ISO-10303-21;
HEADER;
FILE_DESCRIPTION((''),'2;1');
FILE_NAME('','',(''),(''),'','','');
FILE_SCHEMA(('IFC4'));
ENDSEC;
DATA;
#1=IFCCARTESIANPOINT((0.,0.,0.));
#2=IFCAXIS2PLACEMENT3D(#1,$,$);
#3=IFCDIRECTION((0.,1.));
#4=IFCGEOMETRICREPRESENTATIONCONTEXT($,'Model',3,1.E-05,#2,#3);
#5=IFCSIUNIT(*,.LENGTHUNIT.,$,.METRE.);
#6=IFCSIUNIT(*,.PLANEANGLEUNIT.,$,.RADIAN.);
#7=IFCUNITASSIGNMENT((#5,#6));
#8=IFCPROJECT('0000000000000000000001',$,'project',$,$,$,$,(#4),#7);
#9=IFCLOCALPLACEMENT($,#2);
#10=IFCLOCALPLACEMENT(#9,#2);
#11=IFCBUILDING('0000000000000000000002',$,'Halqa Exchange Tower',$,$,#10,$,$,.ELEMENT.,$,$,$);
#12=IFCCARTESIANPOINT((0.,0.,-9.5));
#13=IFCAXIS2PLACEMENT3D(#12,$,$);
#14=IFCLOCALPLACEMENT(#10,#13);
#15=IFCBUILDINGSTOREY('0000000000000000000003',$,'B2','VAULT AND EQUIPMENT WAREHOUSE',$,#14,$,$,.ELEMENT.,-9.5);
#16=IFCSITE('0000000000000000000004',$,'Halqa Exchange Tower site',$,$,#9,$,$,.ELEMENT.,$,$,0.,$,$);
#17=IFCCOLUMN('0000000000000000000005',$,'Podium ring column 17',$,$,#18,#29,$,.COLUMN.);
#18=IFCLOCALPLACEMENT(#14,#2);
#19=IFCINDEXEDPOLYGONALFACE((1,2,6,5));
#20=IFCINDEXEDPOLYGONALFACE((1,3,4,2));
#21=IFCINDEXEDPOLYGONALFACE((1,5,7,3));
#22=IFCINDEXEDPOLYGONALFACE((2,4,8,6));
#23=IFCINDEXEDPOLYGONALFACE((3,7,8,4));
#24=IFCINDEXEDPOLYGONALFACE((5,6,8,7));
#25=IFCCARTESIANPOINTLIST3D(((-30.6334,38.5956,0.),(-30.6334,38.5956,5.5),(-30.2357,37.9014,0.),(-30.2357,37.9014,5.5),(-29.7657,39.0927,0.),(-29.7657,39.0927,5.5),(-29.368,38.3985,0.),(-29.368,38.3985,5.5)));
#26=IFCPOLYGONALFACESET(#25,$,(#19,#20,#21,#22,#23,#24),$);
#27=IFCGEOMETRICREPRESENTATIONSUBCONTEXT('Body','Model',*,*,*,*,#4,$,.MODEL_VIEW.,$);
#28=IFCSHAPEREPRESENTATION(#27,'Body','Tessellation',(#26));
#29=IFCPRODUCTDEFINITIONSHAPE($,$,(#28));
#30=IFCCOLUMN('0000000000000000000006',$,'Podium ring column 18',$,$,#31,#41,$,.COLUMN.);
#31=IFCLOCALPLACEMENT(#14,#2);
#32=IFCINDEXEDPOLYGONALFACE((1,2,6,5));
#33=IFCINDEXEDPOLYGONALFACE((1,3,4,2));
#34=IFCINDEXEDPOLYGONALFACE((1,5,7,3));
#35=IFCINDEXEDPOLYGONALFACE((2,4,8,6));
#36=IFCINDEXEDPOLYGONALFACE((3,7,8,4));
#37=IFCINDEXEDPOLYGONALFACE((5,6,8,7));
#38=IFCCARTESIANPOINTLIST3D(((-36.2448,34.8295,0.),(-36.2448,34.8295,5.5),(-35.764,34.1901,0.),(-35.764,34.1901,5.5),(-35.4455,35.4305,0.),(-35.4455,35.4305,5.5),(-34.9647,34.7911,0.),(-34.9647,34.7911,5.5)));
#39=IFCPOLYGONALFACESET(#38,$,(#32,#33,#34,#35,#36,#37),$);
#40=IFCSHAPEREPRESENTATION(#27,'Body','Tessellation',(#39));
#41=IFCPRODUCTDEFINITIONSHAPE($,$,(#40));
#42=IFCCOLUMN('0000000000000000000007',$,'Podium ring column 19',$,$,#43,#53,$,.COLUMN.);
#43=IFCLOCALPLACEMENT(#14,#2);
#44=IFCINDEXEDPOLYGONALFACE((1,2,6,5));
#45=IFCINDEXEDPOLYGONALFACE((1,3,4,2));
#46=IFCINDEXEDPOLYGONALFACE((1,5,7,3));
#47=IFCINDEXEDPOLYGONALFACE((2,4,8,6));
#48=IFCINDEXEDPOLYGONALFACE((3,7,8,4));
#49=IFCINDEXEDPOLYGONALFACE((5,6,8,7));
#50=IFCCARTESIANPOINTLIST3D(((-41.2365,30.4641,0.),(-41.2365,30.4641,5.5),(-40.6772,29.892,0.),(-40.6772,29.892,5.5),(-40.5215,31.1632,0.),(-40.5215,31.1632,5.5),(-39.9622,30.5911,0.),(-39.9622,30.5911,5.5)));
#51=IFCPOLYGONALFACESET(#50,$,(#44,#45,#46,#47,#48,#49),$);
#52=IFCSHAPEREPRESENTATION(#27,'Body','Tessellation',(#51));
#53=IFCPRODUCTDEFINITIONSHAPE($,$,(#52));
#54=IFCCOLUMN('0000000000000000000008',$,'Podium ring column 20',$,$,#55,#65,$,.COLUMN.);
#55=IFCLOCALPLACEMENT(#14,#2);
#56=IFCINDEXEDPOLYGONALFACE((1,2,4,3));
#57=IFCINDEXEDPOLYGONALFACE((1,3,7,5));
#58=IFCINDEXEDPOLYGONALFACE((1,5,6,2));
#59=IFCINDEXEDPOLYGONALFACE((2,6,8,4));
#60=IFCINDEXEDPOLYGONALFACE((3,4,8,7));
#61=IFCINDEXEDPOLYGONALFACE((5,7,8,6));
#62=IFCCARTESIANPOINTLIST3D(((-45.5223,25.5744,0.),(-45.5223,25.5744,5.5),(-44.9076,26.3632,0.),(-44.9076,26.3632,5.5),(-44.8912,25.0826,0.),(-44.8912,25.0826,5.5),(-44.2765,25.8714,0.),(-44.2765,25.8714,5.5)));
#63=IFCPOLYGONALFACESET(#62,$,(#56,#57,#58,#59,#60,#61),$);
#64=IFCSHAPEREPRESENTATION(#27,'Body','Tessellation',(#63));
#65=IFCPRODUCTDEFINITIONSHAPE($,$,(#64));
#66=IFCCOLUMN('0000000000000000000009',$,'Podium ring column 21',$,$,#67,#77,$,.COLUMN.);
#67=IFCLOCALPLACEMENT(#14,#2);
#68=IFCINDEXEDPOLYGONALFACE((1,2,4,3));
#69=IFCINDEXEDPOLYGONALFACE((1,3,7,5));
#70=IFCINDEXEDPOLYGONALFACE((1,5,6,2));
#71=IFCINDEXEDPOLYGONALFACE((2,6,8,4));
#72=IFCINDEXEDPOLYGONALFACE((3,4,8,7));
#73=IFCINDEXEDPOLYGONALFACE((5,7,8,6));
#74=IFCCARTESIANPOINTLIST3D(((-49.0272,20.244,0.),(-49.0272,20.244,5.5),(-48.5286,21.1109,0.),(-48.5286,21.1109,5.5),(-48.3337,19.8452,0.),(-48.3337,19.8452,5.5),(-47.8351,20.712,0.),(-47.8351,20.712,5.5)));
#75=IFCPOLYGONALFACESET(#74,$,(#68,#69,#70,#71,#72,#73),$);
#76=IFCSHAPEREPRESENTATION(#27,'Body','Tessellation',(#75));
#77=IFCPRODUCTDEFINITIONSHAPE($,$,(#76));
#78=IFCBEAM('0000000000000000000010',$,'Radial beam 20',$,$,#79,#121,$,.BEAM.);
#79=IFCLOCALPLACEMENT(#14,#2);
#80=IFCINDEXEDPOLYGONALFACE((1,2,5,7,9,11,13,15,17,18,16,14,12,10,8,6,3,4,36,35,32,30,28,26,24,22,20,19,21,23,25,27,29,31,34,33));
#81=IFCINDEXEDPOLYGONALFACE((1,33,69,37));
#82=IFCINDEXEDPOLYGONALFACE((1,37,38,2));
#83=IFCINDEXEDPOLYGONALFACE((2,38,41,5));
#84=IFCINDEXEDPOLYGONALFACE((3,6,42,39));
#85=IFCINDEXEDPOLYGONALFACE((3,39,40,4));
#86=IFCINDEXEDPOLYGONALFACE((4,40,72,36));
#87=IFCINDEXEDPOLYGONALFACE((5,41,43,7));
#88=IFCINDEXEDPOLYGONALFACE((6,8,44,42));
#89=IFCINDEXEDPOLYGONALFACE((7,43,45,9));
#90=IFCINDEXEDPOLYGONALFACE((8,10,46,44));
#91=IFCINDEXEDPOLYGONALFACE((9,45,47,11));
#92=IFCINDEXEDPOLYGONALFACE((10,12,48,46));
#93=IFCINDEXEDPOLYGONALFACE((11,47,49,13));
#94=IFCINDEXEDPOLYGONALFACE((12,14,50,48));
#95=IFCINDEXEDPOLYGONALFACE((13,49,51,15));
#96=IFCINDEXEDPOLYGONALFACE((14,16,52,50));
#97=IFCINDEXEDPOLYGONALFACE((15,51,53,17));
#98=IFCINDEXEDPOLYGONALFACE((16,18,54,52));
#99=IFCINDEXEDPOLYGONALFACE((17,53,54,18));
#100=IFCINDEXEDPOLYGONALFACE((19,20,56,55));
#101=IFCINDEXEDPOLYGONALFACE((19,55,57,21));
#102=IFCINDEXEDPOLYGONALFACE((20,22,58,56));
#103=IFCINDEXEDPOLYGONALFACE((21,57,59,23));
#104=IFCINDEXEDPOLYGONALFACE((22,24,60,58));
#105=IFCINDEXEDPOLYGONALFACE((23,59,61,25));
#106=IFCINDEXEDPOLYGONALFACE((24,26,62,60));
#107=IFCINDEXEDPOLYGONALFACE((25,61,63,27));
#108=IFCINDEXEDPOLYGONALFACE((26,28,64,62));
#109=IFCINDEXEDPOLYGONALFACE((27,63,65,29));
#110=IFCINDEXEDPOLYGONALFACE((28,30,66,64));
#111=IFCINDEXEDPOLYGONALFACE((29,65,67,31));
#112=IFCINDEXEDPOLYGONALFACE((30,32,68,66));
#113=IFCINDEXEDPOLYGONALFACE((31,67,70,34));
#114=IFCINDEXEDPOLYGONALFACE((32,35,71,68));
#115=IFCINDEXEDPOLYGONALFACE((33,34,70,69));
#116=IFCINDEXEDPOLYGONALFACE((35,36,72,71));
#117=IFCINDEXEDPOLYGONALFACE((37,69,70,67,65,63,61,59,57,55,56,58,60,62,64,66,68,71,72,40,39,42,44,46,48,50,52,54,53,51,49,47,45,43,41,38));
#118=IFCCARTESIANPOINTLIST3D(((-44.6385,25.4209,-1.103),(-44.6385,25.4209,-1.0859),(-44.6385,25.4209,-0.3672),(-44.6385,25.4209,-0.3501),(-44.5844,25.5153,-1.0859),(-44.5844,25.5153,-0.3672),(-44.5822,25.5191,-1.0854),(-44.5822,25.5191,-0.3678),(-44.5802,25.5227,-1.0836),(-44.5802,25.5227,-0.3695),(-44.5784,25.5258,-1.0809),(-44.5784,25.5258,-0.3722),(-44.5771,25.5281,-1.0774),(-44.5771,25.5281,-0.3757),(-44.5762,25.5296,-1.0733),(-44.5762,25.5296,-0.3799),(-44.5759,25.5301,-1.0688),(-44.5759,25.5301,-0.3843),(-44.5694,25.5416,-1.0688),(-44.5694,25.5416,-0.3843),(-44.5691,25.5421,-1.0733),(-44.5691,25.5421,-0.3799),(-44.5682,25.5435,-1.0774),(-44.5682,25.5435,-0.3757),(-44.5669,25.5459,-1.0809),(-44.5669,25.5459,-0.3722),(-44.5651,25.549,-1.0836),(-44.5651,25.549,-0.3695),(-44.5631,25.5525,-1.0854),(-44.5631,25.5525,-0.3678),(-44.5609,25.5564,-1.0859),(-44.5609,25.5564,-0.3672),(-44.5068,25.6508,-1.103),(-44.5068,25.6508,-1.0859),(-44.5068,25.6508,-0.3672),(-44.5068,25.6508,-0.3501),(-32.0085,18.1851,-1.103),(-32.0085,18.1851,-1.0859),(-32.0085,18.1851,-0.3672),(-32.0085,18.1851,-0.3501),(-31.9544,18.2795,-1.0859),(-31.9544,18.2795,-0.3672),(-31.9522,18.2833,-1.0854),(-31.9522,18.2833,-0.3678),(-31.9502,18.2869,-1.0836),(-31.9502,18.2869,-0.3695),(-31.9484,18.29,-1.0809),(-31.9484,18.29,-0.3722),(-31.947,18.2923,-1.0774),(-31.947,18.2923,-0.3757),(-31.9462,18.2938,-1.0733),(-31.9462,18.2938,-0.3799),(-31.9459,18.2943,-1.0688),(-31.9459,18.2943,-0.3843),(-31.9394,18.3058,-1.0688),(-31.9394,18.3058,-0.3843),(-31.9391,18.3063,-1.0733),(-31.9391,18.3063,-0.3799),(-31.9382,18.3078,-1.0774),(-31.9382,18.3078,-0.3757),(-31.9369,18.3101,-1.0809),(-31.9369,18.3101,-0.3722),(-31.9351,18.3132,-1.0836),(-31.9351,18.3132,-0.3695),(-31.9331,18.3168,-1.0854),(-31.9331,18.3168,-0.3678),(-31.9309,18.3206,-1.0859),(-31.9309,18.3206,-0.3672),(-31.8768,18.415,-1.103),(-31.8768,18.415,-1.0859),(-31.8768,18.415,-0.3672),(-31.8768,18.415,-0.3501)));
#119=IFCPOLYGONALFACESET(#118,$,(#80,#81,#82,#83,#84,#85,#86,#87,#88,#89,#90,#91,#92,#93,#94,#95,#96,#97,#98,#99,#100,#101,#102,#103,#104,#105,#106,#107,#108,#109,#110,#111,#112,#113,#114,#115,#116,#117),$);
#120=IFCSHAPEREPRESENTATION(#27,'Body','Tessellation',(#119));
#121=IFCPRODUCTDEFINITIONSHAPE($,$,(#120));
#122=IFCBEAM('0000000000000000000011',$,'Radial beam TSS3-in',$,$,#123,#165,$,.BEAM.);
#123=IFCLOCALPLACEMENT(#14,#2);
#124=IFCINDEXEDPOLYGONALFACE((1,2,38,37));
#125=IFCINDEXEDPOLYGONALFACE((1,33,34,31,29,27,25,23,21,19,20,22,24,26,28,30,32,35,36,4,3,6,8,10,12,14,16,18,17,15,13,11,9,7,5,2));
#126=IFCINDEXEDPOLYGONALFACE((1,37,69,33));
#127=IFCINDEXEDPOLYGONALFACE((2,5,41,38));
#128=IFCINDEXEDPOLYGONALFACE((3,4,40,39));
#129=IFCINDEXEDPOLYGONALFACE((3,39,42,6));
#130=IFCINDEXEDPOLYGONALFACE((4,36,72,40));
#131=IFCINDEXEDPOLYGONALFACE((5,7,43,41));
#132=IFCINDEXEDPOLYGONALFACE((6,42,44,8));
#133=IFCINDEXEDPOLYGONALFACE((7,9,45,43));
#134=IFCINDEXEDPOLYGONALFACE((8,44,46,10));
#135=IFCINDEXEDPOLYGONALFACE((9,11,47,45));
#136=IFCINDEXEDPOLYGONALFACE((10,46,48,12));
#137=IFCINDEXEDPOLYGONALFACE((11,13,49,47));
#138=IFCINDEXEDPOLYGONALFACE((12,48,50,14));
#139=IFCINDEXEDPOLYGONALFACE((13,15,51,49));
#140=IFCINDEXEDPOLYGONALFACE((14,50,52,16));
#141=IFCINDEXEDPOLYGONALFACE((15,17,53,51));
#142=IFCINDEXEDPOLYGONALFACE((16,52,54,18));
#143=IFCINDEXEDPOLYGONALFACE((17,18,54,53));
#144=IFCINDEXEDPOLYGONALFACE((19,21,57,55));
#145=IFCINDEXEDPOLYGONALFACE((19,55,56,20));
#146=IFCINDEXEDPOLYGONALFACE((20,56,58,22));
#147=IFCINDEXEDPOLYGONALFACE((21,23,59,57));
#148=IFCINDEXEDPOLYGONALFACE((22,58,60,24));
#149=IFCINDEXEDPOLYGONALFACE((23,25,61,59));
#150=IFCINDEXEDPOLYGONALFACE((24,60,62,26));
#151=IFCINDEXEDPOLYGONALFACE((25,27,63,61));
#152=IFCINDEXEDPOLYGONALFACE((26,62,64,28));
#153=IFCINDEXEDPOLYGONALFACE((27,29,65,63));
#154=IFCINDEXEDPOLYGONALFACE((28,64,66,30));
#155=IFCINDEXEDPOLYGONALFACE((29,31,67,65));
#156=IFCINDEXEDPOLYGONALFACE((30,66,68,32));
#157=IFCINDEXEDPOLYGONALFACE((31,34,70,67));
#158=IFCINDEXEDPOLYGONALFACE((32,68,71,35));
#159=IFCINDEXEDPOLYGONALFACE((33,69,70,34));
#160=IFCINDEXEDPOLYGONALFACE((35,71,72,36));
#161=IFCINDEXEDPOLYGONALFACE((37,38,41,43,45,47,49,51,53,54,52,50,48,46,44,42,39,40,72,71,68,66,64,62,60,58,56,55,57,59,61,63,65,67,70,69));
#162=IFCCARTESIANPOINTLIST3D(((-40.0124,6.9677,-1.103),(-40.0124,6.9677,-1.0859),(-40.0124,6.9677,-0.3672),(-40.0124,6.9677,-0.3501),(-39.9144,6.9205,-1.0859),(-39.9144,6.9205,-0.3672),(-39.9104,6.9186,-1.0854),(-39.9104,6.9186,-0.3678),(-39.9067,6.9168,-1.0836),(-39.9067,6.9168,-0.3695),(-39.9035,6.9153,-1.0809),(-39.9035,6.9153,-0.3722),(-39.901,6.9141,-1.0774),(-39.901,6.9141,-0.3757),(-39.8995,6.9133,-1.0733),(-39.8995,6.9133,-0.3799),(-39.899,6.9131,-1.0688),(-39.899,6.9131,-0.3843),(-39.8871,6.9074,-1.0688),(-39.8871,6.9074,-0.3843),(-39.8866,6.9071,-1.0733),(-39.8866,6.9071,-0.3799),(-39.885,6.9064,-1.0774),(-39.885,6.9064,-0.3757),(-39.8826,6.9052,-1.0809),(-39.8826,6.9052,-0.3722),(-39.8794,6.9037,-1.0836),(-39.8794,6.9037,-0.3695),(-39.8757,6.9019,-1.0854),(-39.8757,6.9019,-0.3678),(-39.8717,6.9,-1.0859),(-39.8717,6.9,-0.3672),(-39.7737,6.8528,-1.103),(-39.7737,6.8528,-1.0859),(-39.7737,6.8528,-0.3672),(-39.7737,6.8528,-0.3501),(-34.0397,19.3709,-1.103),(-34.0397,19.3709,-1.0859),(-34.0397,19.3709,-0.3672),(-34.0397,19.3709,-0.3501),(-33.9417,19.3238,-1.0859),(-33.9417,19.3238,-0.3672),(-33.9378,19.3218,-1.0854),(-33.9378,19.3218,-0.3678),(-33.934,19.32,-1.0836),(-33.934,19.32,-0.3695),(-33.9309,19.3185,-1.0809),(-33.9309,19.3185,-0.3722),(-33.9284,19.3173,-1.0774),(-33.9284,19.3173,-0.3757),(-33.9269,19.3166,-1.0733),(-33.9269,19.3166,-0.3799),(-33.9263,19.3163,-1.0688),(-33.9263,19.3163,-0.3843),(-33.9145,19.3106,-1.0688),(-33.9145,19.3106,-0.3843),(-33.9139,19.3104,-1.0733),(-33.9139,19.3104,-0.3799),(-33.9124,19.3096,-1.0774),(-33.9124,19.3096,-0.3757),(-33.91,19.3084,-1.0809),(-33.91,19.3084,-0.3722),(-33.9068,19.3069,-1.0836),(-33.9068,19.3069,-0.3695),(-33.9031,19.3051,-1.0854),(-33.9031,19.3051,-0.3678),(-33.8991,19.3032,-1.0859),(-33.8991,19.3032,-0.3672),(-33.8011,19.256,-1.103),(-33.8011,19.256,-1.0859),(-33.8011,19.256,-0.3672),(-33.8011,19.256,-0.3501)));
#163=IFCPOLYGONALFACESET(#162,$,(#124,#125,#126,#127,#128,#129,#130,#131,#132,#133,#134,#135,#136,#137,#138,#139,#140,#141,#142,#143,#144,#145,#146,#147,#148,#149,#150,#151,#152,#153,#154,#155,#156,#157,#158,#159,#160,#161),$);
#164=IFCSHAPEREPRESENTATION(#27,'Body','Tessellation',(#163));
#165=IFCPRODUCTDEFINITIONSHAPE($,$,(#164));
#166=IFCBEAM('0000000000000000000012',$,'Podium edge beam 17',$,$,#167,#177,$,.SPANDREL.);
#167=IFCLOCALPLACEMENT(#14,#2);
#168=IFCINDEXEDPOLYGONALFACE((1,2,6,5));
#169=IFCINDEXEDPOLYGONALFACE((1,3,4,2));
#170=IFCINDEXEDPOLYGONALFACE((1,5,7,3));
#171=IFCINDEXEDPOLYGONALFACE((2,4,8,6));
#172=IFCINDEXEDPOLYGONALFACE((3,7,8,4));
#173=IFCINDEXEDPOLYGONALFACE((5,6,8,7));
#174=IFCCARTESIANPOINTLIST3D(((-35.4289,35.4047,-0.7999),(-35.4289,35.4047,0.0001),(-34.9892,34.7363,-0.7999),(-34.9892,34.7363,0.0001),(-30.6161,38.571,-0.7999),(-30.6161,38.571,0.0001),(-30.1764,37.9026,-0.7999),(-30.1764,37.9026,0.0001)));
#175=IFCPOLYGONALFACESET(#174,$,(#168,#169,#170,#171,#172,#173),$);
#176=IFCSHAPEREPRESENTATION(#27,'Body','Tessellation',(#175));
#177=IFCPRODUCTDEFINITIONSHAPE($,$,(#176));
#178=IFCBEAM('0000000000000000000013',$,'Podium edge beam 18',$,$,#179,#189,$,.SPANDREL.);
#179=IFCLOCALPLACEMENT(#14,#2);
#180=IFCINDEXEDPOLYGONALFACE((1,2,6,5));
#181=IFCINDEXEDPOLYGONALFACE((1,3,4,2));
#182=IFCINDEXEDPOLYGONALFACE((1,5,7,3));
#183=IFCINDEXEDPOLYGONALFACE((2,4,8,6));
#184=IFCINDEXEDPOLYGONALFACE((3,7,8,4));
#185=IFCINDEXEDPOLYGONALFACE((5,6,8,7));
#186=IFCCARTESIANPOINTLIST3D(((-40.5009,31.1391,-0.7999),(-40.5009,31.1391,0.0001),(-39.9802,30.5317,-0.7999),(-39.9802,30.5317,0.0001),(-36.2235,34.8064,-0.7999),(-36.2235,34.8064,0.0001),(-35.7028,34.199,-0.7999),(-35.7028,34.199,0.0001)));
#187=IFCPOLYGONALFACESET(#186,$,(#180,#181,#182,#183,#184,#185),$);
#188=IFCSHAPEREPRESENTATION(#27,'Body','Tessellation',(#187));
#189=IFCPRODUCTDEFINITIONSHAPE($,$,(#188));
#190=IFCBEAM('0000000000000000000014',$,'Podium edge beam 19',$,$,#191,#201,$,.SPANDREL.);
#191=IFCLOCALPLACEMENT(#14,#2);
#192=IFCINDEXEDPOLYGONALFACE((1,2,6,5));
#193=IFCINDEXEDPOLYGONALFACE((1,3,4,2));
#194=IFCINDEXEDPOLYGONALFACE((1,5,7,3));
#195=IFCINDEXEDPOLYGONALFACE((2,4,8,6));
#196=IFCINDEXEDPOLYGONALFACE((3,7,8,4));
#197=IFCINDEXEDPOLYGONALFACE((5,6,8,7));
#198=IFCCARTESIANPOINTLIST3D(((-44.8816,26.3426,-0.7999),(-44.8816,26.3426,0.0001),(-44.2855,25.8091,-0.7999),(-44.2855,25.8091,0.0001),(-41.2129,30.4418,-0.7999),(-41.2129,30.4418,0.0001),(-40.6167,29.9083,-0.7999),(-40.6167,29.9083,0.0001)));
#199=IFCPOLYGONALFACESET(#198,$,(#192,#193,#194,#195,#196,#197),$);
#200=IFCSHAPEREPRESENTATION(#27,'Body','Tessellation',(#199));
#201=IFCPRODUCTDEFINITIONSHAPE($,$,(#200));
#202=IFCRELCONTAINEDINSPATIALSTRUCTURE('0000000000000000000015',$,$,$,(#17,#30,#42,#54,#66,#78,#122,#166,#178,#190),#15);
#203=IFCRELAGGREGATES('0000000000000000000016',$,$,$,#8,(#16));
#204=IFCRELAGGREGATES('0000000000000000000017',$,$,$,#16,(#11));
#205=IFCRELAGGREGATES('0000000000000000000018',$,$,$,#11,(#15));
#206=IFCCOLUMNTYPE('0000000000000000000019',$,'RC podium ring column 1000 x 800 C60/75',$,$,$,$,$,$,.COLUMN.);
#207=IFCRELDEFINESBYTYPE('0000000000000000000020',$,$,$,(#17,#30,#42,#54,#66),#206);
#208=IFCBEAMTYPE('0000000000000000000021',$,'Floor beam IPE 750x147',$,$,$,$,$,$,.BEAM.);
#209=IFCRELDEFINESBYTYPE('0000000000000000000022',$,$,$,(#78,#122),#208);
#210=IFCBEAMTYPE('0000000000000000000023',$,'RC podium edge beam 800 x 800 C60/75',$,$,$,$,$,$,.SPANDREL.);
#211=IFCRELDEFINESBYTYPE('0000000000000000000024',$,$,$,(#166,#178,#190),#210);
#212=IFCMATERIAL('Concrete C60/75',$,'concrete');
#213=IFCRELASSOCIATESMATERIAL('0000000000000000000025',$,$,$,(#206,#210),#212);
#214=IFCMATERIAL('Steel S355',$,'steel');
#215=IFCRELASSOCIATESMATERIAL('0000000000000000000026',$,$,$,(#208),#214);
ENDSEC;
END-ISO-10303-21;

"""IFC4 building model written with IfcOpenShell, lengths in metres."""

from ifc_helpers import new_model, si_unit, direction, frame, origin, origin_2d, place, context, subcontext, project, spatial, rectangle, i_section, extrude, material, material_profile, profile_set, type_object, element, save


model = new_model("IFC4")

# Units and contexts
model_context = context("Model", 3, precision=1e-05, world=origin(), true_north=direction((0.0, 1.0)))
body_context = subcontext(model_context, "Body", "Model", "MODEL_VIEW")
ifc_project = project(units=[si_unit("LENGTHUNIT", "METRE"), si_unit("PLANEANGLEUNIT", "RADIAN")], contexts=[model_context])

# Site, building, storey
site_placement = place(None, origin())
site = spatial("IfcSite", under=ifc_project, at=site_placement, Name="Halqa Exchange Tower site", CompositionType="ELEMENT", RefElevation=0.0)
building_placement = place(site_placement, origin())
building = spatial("IfcBuilding", under=site, at=building_placement, Name="Halqa Exchange Tower", CompositionType="ELEMENT")
storey_placement = place(building_placement, frame((0.0, 0.0, -9.5)))
storey = spatial("IfcBuildingStorey", under=building, at=storey_placement, Name="B2", Description="VAULT AND EQUIPMENT WAREHOUSE", CompositionType="ELEMENT", Elevation=-9.5)

# Columns
ifc_material_1 = material(Name="Concrete C60/75", Category="concrete")
ifc_material_profile_1 = material_profile(ifc_material_1, rectangle(XDim=1.0, YDim=0.8, at=origin_2d()), Name="1000 x 800")
ifc_profile_set_1 = profile_set([ifc_material_profile_1], Name="Concrete C60/75")
column_type = type_object("IfcColumnType", Name="RC podium ring column 1000 x 800 C60/75", PredefinedType="COLUMN", material=ifc_profile_set_1)
for number, where, z_axis, x_axis, name in (
    (1, (-30.0007, 38.4971, 0.0), (0.0, 0.0, 1.0), (-0.867693, -0.4971, 0.0), "Podium ring column 17"),
    (2, (-35.6047, 34.8103, 0.0), (0.0, 0.0, 1.0), (-0.79926, -0.600985, 0.0), "Podium ring column 18"),
    (3, (-40.5994, 30.5276, 0.0), (0.0, 0.0, 1.0), (-0.715039, -0.699085, 0.0), "Podium ring column 19"),
    (4, (-44.8994, 25.7229, 0.0), (0.0, 0.0, 1.0), (-0.614691, -0.788768, 0.0), "Podium ring column 20"),
    (5, (-48.4312, 20.478, 0.0), (0.0, 0.0, 1.0), (-0.498569, -0.86685, 0.0), "Podium ring column 21"),
):
    element("IfcColumn", number, at=place(storey_placement, frame(where, z_axis=z_axis, x_axis=x_axis)), inside=storey, type_object=column_type, Name=name, PredefinedType="COLUMN", context=body_context, shape_type="SweptSolid", body=[
        extrude(rectangle(XDim=1.0, YDim=0.8, at=origin_2d()), origin(), (0.0, 0.0, 1.0), 5.5),
    ])

# Beams
ifc_material_2 = material(Name="Steel S355", Category="steel")
ifc_material_profile_2 = material_profile(ifc_material_2, i_section(OverallWidth=0.2649, OverallDepth=0.7529, WebThickness=0.0132, FlangeThickness=0.0171, FilletRadius=0.0171, at=origin_2d()), Name="IPE 750x147")
ifc_profile_set_2 = profile_set([ifc_material_profile_2], Name="Steel S355")
beam_type_1 = type_object("IfcBeamType", Name="Floor beam IPE 750x147", PredefinedType="BEAM", material=ifc_profile_set_2)
beam_1_placement = place(storey_placement, frame((-31.9426, 18.3, -0.7266), z_axis=(-0.867691, 0.497103, 0.0), x_axis=(-0.497103, -0.867691, 0.0)))
element("IfcBeam", 6, at=beam_1_placement, inside=storey, type_object=beam_type_1, Name="Radial beam 20", PredefinedType="BEAM", context=body_context, shape_type="SweptSolid", body=[
    extrude(i_section(OverallWidth=0.2649, OverallDepth=0.7529, WebThickness=0.0132, FlangeThickness=0.0171, FilletRadius=0.0171, at=origin_2d()), origin(), (0.0, 0.0, 1.0), 14.5559),
])
beam_2_placement = place(storey_placement, frame((-33.9204, 19.3135, -0.7266), z_axis=(-0.433856, -0.900982, 0.0), x_axis=(0.900982, -0.433856, 0.0)))
element("IfcBeam", 7, at=beam_2_placement, inside=storey, type_object=beam_type_1, Name="Radial beam TSS3-in", PredefinedType="BEAM", context=body_context, shape_type="SweptSolid", body=[
    extrude(i_section(OverallWidth=0.2649, OverallDepth=0.7529, WebThickness=0.0132, FlangeThickness=0.0171, FilletRadius=0.0171, at=origin_2d()), origin(), (0.0, 0.0, 1.0), 13.7664),
])
ifc_material_profile_3 = material_profile(ifc_material_1, rectangle(XDim=0.8, YDim=0.8, at=origin_2d()), Name="800 x 800")
ifc_profile_set_3 = profile_set([ifc_material_profile_3], Name="Concrete C60/75")
beam_type_2 = type_object("IfcBeamType", Name="RC podium edge beam 800 x 800 C60/75", PredefinedType="SPANDREL", material=ifc_profile_set_3)
beam_3_placement = place(storey_placement, frame((-30.3962, 38.2368, -0.3999), z_axis=(-0.835419, -0.549614, 0.0), x_axis=(0.549614, -0.835419, 0.0)))
element("IfcBeam", 8, at=beam_3_placement, inside=storey, type_object=beam_type_2, Name="Podium edge beam 17", PredefinedType="SPANDREL", context=body_context, shape_type="SweptSolid", body=[
    extrude(rectangle(XDim=0.8, YDim=0.8, at=origin_2d()), origin(), (0.0, 0.0, 1.0), 5.761),
])
beam_4_placement = place(storey_placement, frame((-35.9631, 34.5027, -0.3999), z_axis=(-0.759174, -0.650888, 0.0), x_axis=(0.650888, -0.759174, 0.0)))
element("IfcBeam", 9, at=beam_4_placement, inside=storey, type_object=beam_type_2, Name="Podium edge beam 18", PredefinedType="SPANDREL", context=body_context, shape_type="SweptSolid", body=[
    extrude(rectangle(XDim=0.8, YDim=0.8, at=origin_2d()), origin(), (0.0, 0.0, 1.0), 5.6343),
])
beam_5_placement = place(storey_placement, frame((-40.9148, 30.175, -0.3999), z_axis=(-0.666903, -0.745145, 0.0), x_axis=(0.745145, -0.666903, 0.0)))
element("IfcBeam", 10, at=beam_5_placement, inside=storey, type_object=beam_type_2, Name="Podium edge beam 19", PredefinedType="SPANDREL", context=body_context, shape_type="SweptSolid", body=[
    extrude(rectangle(XDim=0.8, YDim=0.8, at=origin_2d()), origin(), (0.0, 0.0, 1.0), 5.5012),
])

save(model, "model.ifc")
